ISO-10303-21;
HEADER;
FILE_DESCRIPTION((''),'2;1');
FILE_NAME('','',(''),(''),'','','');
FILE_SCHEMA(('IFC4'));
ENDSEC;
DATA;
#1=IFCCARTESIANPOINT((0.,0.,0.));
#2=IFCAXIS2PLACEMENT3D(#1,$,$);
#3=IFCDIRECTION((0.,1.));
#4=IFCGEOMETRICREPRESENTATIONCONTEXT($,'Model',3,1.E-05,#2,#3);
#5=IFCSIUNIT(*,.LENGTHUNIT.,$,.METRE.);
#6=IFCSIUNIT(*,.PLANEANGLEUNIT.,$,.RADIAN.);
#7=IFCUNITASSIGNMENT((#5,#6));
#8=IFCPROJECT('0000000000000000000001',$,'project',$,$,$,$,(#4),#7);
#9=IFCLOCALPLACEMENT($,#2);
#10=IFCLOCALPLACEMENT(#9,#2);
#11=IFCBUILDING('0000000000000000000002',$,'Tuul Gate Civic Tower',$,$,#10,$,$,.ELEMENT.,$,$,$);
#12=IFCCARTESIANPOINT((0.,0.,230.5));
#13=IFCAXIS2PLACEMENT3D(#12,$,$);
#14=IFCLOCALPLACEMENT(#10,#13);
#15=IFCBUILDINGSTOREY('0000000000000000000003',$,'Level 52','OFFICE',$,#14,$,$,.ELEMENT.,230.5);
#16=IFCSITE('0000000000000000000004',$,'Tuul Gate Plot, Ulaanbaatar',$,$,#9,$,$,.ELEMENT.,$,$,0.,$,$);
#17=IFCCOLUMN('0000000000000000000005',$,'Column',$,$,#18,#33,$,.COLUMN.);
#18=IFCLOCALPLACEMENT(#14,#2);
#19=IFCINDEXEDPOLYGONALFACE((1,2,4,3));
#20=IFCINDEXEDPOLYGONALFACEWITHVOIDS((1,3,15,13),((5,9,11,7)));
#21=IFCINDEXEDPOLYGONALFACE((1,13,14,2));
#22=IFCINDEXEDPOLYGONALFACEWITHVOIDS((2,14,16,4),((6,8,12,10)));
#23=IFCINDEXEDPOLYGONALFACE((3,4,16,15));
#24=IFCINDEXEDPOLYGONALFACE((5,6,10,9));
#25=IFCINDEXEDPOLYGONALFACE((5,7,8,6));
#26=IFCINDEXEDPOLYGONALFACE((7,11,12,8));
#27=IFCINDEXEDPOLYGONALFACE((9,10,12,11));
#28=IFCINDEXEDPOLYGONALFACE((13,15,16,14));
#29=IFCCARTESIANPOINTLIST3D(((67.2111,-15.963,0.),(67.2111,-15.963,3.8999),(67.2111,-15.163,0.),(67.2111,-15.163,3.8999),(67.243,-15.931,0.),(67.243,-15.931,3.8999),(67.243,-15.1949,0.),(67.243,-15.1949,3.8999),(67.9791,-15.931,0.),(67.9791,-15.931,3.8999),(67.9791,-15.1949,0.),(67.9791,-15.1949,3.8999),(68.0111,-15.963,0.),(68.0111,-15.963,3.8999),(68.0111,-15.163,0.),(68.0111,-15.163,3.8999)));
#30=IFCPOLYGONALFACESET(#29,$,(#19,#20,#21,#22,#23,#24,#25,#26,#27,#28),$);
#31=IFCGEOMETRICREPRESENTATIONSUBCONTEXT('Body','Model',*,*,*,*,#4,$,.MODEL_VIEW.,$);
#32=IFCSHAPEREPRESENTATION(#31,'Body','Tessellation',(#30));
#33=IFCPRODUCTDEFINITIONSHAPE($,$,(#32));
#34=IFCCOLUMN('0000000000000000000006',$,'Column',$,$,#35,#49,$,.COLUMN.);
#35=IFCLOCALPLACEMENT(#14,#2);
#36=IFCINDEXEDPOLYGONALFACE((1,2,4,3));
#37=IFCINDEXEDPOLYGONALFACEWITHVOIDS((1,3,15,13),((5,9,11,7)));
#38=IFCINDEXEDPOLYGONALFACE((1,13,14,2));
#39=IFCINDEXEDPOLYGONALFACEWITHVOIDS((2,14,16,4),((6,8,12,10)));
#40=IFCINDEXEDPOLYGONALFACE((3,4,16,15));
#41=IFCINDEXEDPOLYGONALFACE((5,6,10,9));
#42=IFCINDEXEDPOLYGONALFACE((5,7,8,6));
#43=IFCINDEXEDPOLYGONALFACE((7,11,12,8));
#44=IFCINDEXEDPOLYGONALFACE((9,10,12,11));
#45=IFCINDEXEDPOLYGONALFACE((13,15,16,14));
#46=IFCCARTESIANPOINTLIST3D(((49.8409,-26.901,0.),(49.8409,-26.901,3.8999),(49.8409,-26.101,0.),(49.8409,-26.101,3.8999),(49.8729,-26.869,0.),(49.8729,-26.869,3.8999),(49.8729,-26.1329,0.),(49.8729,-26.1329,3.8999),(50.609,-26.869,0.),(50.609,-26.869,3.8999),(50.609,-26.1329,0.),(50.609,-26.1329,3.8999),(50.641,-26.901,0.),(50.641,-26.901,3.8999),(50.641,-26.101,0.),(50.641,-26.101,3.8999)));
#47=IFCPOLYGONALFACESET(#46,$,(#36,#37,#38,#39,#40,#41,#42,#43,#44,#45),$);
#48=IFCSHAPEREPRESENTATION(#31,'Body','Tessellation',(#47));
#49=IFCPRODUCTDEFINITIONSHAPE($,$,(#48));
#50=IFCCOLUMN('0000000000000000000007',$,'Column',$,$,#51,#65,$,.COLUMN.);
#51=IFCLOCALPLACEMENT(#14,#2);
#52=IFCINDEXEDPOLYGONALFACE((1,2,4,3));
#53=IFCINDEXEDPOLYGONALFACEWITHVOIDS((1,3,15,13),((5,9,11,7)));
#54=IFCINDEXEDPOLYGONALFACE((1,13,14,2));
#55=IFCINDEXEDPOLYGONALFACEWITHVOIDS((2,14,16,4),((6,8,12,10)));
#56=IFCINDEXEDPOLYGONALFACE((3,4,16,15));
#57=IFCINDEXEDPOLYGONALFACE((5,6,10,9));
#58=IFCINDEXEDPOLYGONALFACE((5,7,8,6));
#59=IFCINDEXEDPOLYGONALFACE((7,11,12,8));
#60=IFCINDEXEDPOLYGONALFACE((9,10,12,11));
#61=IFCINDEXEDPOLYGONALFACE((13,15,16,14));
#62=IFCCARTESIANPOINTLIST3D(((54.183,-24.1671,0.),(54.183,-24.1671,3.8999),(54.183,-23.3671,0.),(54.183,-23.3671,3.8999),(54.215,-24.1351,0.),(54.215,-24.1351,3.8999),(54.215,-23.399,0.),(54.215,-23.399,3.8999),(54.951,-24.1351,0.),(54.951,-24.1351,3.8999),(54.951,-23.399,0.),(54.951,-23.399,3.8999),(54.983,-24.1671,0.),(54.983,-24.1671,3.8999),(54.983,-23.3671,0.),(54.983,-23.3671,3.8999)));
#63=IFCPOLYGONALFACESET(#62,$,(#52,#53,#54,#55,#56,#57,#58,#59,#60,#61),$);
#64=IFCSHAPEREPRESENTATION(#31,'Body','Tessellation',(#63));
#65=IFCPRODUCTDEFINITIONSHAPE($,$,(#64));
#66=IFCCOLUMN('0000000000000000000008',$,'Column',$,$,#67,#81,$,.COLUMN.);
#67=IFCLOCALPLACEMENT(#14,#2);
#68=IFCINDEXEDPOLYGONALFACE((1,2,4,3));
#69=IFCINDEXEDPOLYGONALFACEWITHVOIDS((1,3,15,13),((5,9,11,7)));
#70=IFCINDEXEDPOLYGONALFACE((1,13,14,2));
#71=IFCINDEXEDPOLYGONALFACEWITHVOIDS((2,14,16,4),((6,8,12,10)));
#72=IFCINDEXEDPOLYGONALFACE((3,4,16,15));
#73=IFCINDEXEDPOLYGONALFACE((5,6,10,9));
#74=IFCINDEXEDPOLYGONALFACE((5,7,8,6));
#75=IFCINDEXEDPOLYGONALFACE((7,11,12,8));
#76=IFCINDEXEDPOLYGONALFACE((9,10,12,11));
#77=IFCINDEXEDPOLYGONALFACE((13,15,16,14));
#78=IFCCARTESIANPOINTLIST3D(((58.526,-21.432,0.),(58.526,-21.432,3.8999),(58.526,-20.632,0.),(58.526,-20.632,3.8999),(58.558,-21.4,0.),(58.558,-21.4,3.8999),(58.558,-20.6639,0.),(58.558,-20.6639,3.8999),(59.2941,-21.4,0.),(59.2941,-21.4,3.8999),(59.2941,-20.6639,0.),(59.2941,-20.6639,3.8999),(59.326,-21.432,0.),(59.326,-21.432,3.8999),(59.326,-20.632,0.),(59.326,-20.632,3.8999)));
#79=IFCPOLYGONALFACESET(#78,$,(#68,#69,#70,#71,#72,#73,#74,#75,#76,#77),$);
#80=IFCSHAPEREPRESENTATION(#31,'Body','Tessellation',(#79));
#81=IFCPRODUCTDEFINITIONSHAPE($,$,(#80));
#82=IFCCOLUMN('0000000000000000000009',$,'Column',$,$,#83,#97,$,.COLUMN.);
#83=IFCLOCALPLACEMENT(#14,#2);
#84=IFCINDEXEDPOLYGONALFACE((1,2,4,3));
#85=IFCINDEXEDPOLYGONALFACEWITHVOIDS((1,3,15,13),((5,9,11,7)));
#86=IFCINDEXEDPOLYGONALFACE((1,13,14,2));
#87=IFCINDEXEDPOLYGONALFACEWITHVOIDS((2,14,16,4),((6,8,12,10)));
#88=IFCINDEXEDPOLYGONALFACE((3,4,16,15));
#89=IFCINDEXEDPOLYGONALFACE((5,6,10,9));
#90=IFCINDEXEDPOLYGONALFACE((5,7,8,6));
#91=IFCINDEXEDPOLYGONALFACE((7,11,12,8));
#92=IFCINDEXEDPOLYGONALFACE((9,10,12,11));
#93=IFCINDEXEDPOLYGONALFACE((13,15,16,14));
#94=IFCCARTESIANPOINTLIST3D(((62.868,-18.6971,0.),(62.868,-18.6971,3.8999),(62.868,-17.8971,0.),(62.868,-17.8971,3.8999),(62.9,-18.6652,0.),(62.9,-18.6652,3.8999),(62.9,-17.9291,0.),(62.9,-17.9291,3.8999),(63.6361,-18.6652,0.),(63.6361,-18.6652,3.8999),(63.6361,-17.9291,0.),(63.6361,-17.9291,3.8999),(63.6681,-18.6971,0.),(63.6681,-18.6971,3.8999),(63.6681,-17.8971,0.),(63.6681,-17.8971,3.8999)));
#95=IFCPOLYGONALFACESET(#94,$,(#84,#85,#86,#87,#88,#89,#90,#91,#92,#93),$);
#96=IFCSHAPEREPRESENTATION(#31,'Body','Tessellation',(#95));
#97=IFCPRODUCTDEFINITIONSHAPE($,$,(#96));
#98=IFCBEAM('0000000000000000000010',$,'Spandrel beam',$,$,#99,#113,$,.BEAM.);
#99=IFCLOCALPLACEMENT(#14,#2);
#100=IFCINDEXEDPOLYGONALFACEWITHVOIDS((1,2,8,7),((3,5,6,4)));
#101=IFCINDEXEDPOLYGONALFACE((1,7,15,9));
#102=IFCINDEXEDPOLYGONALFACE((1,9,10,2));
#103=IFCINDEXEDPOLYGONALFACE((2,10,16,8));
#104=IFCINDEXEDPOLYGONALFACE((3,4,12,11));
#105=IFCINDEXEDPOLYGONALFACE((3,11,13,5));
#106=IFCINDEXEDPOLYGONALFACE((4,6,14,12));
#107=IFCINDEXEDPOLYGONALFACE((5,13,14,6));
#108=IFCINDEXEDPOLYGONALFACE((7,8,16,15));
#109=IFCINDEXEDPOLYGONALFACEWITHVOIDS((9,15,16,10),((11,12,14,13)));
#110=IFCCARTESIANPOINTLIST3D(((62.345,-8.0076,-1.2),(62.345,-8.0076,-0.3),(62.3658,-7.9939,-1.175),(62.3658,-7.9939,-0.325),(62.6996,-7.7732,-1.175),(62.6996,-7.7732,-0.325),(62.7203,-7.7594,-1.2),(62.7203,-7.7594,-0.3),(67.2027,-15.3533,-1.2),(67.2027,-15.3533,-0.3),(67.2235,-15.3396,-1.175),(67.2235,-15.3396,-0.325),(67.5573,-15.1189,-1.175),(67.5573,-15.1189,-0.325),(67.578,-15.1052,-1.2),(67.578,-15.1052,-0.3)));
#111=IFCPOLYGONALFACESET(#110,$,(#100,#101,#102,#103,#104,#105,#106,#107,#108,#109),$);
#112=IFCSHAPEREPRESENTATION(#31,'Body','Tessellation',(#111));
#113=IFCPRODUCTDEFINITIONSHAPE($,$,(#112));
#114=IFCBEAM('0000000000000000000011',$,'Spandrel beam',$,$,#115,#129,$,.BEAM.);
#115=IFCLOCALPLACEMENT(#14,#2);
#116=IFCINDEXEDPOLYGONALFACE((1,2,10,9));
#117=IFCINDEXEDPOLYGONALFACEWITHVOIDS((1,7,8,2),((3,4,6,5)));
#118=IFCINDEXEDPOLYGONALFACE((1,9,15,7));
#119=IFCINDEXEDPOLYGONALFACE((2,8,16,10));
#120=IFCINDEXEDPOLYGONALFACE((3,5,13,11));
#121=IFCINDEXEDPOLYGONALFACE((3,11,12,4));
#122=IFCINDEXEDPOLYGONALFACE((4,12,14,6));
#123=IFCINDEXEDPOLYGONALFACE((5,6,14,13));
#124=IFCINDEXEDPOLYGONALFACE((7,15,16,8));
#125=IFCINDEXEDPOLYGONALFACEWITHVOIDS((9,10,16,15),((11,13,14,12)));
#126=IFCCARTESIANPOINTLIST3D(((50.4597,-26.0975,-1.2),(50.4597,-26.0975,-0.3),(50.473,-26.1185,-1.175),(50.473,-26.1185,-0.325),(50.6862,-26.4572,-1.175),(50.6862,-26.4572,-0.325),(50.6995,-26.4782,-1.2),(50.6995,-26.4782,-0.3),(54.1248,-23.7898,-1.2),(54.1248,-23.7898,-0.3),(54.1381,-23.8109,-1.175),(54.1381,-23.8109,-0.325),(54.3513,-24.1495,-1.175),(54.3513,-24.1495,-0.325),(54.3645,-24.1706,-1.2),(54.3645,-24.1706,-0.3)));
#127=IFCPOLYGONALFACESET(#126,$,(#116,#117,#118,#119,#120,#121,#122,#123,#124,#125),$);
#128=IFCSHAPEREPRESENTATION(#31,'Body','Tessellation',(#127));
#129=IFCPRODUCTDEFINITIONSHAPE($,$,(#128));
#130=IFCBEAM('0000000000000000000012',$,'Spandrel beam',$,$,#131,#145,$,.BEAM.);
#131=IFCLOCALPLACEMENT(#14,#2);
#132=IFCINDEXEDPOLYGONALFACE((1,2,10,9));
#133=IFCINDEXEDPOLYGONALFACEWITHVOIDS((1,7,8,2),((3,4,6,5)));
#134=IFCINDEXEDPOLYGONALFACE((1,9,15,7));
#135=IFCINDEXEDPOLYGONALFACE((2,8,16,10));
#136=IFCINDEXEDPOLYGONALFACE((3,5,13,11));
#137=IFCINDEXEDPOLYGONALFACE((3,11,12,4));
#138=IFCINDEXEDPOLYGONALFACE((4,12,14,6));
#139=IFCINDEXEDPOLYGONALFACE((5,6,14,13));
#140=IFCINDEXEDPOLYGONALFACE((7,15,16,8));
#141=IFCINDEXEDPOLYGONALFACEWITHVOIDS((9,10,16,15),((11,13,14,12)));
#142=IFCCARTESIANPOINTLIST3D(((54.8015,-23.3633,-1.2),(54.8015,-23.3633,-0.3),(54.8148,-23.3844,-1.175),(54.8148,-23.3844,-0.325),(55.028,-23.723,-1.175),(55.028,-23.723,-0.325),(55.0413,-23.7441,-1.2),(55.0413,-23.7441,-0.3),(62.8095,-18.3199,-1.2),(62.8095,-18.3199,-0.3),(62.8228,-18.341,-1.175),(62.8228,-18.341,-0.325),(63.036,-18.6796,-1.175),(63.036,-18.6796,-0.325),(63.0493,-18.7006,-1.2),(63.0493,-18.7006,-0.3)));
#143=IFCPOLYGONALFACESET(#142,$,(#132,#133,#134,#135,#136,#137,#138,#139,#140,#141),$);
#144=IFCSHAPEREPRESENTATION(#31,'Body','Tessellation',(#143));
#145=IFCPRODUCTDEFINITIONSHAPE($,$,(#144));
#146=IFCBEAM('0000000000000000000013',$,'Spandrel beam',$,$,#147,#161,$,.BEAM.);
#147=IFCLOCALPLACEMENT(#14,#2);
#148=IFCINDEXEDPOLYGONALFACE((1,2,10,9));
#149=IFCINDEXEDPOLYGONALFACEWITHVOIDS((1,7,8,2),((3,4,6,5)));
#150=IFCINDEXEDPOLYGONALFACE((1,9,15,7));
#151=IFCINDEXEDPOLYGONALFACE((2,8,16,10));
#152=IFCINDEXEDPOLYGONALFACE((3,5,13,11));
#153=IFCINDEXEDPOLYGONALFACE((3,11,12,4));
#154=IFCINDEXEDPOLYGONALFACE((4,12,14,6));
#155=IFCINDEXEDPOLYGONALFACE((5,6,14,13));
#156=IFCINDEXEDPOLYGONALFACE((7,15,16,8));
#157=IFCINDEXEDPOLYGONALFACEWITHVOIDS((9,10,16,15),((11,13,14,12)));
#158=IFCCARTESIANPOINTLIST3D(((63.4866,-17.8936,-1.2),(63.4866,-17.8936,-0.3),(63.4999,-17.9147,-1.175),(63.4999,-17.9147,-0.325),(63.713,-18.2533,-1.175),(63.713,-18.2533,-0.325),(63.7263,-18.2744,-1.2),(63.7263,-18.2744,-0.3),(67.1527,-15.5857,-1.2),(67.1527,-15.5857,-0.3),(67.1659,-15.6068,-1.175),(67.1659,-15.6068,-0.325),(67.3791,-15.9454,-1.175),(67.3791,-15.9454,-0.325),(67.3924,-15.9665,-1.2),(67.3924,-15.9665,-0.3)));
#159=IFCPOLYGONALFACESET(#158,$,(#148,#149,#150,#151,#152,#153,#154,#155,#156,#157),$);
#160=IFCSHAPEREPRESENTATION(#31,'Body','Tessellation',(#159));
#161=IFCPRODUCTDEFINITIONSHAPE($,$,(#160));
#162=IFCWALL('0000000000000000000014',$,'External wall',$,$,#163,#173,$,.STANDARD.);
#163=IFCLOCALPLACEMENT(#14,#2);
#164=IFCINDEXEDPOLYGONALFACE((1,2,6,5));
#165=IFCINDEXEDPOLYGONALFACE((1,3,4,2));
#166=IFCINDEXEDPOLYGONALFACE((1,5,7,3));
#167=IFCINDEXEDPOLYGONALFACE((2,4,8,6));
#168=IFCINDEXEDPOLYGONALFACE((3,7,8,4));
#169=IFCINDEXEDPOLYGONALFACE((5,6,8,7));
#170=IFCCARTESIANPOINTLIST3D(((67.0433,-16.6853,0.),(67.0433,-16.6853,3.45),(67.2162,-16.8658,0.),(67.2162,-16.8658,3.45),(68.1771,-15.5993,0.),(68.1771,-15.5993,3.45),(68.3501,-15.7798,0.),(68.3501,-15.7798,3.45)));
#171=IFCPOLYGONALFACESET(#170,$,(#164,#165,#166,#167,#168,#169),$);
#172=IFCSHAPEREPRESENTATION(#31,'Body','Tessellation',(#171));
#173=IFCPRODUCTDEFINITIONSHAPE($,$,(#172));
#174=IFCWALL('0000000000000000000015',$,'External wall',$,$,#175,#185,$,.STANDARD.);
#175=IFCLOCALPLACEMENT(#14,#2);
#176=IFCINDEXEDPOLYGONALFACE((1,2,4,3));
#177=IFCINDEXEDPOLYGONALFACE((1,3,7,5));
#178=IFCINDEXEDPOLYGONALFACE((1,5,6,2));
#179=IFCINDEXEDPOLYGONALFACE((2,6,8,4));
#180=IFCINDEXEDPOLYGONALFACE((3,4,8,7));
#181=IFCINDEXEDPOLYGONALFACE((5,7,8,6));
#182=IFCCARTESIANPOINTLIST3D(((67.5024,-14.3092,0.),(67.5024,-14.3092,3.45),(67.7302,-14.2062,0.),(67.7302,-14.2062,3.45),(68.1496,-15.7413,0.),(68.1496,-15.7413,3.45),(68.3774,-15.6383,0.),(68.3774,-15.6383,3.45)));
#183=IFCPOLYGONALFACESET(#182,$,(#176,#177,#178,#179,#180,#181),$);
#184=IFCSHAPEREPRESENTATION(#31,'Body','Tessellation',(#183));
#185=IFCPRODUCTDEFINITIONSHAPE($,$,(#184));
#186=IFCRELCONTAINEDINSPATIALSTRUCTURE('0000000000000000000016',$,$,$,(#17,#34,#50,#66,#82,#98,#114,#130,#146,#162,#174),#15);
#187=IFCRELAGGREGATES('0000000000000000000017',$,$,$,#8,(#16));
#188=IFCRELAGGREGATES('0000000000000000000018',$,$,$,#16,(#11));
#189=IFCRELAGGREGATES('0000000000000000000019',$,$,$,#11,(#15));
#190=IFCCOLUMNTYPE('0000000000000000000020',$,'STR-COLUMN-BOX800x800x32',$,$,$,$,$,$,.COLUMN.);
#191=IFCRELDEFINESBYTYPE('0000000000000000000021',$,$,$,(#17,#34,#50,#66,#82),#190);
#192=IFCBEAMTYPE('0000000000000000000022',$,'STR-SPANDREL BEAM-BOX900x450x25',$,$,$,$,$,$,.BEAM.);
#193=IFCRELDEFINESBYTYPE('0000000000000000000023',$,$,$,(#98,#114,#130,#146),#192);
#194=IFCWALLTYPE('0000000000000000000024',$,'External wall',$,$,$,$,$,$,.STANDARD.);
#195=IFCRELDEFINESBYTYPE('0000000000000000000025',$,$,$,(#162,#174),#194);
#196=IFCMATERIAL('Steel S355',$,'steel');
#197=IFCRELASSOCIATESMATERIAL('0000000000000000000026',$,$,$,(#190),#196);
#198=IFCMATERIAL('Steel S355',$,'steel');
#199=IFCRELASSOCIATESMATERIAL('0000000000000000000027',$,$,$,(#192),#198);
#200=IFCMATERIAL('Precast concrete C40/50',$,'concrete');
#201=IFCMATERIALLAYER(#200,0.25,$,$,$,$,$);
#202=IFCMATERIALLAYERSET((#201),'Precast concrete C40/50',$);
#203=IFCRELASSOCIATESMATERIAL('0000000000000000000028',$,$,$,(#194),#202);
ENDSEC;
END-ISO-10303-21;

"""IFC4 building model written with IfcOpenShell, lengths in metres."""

from ifc_helpers import new_model, si_unit, direction, frame, frame_2d, origin, origin_2d, place, context, subcontext, project, spatial, rectangle, hollow_rectangle, extrude, material, layer, layer_set, material_profile, profile_set, type_object, element, save


model = new_model("IFC4")

# Units and contexts
model_context = context("Model", 3, precision=1e-05, world=origin(), true_north=direction((0.0, 1.0)))
body_context = subcontext(model_context, "Body", "Model", "MODEL_VIEW")
ifc_project = project(units=[si_unit("LENGTHUNIT", "METRE"), si_unit("PLANEANGLEUNIT", "RADIAN")], contexts=[model_context])

# Site, building, storey
site_placement = place(None, origin())
site = spatial("IfcSite", under=ifc_project, at=site_placement, Name="Tuul Gate Plot, Ulaanbaatar", CompositionType="ELEMENT", RefElevation=0.0)
building_placement = place(site_placement, origin())
building = spatial("IfcBuilding", under=site, at=building_placement, Name="Tuul Gate Civic Tower", CompositionType="ELEMENT")
storey_placement = place(building_placement, frame((0.0, 0.0, 230.5)))
storey = spatial("IfcBuildingStorey", under=building, at=storey_placement, Name="Level 52", Description="OFFICE", CompositionType="ELEMENT", Elevation=230.5)

# Columns
ifc_material_1 = material(Name="Steel S355", Category="steel")
ifc_material_profile_1 = material_profile(ifc_material_1, hollow_rectangle(XDim=0.8, YDim=0.8, WallThickness=0.032, at=origin_2d()), Name="BOX800x800x32")
ifc_profile_set_1 = profile_set([ifc_material_profile_1], Name="Steel S355")
column_type = type_object("IfcColumnType", Name="STR-COLUMN-BOX800x800x32", PredefinedType="COLUMN", material=ifc_profile_set_1)
for number, where, z_axis, x_axis, name in (
    (1, (67.6111, -15.563, 0.0), (0.0, 0.0, 1.0), (1.0, 0.0, 0.0), "Column"),
    (2, (50.241, -26.501, 0.0), (0.0, 0.0, 1.0), (1.0, 0.0, 0.0), "Column"),
    (3, (54.583, -23.7671, 0.0), (0.0, 0.0, 1.0), (1.0, 0.0, 0.0), "Column"),
    (4, (58.926, -21.032, 0.0), (0.0, 0.0, 1.0), (1.0, 0.0, 0.0), "Column"),
    (5, (63.2681, -18.2971, 0.0), (0.0, 0.0, 1.0), (1.0, 0.0, 0.0), "Column"),
):
    element("IfcColumn", number, at=place(storey_placement, frame(where, z_axis=z_axis, x_axis=x_axis)), inside=storey, type_object=column_type, Name=name, PredefinedType="COLUMN", context=body_context, shape_type="SweptSolid", body=[
        extrude(hollow_rectangle(XDim=0.8, YDim=0.8, WallThickness=0.032, at=origin_2d()), origin(), (0.0, 0.0, 1.0), 3.8999),
    ])

# Beams
ifc_material_2 = material(Name="Steel S355", Category="steel")
ifc_material_profile_2 = material_profile(ifc_material_2, hollow_rectangle(XDim=0.45, YDim=0.8999, WallThickness=0.0249, at=origin_2d()), Name="BOX900x450x25")
ifc_profile_set_2 = profile_set([ifc_material_profile_2], Name="Steel S355")
beam_type = type_object("IfcBeamType", Name="STR-SPANDREL BEAM-BOX900x450x25", PredefinedType="BEAM", material=ifc_profile_set_2)
beam_1_placement = place(storey_placement, frame((67.3904, -15.2292, -0.75), z_axis=(-0.551594, 0.834113, 0.0), x_axis=(-0.834113, -0.551594, 0.0)))
element("IfcBeam", 6, at=beam_1_placement, inside=storey, type_object=beam_type, Name="Spandrel beam", PredefinedType="BEAM", context=body_context, shape_type="SweptSolid", body=[
    extrude(hollow_rectangle(XDim=0.45, YDim=0.8999, WallThickness=0.0249, at=origin_2d()), origin(), (0.0, 0.0, 1.0), 8.8066),
])
beam_2_placement = place(storey_placement, frame((50.5796, -26.2878, -0.75), z_axis=(0.846233, 0.532813, 0.0), x_axis=(-0.532813, 0.846233, 0.0)))
element("IfcBeam", 7, at=beam_2_placement, inside=storey, type_object=beam_type, Name="Spandrel beam", PredefinedType="BEAM", context=body_context, shape_type="SweptSolid", body=[
    extrude(hollow_rectangle(XDim=0.45, YDim=0.8999, WallThickness=0.0249, at=origin_2d()), origin(), (0.0, 0.0, 1.0), 4.3311),
])
beam_3_placement = place(storey_placement, frame((54.9214, -23.5537, -0.75), z_axis=(0.846169, 0.532915, 0.0), x_axis=(-0.532915, 0.846169, 0.0)))
element("IfcBeam", 8, at=beam_3_placement, inside=storey, type_object=beam_type, Name="Spandrel beam", PredefinedType="BEAM", context=body_context, shape_type="SweptSolid", body=[
    extrude(hollow_rectangle(XDim=0.45, YDim=0.8999, WallThickness=0.0249, at=origin_2d()), origin(), (0.0, 0.0, 1.0), 9.4639),
])
beam_4_placement = place(storey_placement, frame((63.6064, -18.084, -0.75), z_axis=(0.846271, 0.532752, 0.0), x_axis=(-0.532752, 0.846271, 0.0)))
element("IfcBeam", 9, at=beam_4_placement, inside=storey, type_object=beam_type, Name="Spandrel beam", PredefinedType="BEAM", context=body_context, shape_type="SweptSolid", body=[
    extrude(hollow_rectangle(XDim=0.45, YDim=0.8999, WallThickness=0.0249, at=origin_2d()), origin(), (0.0, 0.0, 1.0), 4.332),
])

# Walls
ifc_material_3 = material(Name="Precast concrete C40/50", Category="concrete")
ifc_layer = layer(ifc_material_3, 0.25)
ifc_layer_set = layer_set([ifc_layer], Name="Precast concrete C40/50")
wall_type = type_object("IfcWallType", Name="External wall", PredefinedType="STANDARD", material=ifc_layer_set)
wall_1_placement = place(storey_placement, frame((67.1296, -16.7756, 0.0), z_axis=(0.0, 0.0, 1.0), x_axis=(0.722182, 0.691703, 0.0)))
element("IfcWall", 10, at=wall_1_placement, inside=storey, type_object=wall_type, Name="External wall", PredefinedType="STANDARD", context=body_context, shape_type="SweptSolid", body=[
    extrude(rectangle(XDim=1.5701, YDim=0.25, at=frame_2d((0.7852, 0.0))), origin(), (0.0, 0.0, 1.0), 3.45),
])
wall_2_placement = place(storey_placement, frame((68.2634, -15.6897, 0.0), z_axis=(0.0, 0.0, 1.0), x_axis=(-0.411824, 0.911263, 0.0)))
element("IfcWall", 11, at=wall_2_placement, inside=storey, type_object=wall_type, Name="External wall", PredefinedType="STANDARD", context=body_context, shape_type="SweptSolid", body=[
    extrude(rectangle(XDim=1.5715, YDim=0.25, at=frame_2d((0.7856, 0.0))), origin(), (0.0, 0.0, 1.0), 3.45),
])

save(model, "model.ifc")
